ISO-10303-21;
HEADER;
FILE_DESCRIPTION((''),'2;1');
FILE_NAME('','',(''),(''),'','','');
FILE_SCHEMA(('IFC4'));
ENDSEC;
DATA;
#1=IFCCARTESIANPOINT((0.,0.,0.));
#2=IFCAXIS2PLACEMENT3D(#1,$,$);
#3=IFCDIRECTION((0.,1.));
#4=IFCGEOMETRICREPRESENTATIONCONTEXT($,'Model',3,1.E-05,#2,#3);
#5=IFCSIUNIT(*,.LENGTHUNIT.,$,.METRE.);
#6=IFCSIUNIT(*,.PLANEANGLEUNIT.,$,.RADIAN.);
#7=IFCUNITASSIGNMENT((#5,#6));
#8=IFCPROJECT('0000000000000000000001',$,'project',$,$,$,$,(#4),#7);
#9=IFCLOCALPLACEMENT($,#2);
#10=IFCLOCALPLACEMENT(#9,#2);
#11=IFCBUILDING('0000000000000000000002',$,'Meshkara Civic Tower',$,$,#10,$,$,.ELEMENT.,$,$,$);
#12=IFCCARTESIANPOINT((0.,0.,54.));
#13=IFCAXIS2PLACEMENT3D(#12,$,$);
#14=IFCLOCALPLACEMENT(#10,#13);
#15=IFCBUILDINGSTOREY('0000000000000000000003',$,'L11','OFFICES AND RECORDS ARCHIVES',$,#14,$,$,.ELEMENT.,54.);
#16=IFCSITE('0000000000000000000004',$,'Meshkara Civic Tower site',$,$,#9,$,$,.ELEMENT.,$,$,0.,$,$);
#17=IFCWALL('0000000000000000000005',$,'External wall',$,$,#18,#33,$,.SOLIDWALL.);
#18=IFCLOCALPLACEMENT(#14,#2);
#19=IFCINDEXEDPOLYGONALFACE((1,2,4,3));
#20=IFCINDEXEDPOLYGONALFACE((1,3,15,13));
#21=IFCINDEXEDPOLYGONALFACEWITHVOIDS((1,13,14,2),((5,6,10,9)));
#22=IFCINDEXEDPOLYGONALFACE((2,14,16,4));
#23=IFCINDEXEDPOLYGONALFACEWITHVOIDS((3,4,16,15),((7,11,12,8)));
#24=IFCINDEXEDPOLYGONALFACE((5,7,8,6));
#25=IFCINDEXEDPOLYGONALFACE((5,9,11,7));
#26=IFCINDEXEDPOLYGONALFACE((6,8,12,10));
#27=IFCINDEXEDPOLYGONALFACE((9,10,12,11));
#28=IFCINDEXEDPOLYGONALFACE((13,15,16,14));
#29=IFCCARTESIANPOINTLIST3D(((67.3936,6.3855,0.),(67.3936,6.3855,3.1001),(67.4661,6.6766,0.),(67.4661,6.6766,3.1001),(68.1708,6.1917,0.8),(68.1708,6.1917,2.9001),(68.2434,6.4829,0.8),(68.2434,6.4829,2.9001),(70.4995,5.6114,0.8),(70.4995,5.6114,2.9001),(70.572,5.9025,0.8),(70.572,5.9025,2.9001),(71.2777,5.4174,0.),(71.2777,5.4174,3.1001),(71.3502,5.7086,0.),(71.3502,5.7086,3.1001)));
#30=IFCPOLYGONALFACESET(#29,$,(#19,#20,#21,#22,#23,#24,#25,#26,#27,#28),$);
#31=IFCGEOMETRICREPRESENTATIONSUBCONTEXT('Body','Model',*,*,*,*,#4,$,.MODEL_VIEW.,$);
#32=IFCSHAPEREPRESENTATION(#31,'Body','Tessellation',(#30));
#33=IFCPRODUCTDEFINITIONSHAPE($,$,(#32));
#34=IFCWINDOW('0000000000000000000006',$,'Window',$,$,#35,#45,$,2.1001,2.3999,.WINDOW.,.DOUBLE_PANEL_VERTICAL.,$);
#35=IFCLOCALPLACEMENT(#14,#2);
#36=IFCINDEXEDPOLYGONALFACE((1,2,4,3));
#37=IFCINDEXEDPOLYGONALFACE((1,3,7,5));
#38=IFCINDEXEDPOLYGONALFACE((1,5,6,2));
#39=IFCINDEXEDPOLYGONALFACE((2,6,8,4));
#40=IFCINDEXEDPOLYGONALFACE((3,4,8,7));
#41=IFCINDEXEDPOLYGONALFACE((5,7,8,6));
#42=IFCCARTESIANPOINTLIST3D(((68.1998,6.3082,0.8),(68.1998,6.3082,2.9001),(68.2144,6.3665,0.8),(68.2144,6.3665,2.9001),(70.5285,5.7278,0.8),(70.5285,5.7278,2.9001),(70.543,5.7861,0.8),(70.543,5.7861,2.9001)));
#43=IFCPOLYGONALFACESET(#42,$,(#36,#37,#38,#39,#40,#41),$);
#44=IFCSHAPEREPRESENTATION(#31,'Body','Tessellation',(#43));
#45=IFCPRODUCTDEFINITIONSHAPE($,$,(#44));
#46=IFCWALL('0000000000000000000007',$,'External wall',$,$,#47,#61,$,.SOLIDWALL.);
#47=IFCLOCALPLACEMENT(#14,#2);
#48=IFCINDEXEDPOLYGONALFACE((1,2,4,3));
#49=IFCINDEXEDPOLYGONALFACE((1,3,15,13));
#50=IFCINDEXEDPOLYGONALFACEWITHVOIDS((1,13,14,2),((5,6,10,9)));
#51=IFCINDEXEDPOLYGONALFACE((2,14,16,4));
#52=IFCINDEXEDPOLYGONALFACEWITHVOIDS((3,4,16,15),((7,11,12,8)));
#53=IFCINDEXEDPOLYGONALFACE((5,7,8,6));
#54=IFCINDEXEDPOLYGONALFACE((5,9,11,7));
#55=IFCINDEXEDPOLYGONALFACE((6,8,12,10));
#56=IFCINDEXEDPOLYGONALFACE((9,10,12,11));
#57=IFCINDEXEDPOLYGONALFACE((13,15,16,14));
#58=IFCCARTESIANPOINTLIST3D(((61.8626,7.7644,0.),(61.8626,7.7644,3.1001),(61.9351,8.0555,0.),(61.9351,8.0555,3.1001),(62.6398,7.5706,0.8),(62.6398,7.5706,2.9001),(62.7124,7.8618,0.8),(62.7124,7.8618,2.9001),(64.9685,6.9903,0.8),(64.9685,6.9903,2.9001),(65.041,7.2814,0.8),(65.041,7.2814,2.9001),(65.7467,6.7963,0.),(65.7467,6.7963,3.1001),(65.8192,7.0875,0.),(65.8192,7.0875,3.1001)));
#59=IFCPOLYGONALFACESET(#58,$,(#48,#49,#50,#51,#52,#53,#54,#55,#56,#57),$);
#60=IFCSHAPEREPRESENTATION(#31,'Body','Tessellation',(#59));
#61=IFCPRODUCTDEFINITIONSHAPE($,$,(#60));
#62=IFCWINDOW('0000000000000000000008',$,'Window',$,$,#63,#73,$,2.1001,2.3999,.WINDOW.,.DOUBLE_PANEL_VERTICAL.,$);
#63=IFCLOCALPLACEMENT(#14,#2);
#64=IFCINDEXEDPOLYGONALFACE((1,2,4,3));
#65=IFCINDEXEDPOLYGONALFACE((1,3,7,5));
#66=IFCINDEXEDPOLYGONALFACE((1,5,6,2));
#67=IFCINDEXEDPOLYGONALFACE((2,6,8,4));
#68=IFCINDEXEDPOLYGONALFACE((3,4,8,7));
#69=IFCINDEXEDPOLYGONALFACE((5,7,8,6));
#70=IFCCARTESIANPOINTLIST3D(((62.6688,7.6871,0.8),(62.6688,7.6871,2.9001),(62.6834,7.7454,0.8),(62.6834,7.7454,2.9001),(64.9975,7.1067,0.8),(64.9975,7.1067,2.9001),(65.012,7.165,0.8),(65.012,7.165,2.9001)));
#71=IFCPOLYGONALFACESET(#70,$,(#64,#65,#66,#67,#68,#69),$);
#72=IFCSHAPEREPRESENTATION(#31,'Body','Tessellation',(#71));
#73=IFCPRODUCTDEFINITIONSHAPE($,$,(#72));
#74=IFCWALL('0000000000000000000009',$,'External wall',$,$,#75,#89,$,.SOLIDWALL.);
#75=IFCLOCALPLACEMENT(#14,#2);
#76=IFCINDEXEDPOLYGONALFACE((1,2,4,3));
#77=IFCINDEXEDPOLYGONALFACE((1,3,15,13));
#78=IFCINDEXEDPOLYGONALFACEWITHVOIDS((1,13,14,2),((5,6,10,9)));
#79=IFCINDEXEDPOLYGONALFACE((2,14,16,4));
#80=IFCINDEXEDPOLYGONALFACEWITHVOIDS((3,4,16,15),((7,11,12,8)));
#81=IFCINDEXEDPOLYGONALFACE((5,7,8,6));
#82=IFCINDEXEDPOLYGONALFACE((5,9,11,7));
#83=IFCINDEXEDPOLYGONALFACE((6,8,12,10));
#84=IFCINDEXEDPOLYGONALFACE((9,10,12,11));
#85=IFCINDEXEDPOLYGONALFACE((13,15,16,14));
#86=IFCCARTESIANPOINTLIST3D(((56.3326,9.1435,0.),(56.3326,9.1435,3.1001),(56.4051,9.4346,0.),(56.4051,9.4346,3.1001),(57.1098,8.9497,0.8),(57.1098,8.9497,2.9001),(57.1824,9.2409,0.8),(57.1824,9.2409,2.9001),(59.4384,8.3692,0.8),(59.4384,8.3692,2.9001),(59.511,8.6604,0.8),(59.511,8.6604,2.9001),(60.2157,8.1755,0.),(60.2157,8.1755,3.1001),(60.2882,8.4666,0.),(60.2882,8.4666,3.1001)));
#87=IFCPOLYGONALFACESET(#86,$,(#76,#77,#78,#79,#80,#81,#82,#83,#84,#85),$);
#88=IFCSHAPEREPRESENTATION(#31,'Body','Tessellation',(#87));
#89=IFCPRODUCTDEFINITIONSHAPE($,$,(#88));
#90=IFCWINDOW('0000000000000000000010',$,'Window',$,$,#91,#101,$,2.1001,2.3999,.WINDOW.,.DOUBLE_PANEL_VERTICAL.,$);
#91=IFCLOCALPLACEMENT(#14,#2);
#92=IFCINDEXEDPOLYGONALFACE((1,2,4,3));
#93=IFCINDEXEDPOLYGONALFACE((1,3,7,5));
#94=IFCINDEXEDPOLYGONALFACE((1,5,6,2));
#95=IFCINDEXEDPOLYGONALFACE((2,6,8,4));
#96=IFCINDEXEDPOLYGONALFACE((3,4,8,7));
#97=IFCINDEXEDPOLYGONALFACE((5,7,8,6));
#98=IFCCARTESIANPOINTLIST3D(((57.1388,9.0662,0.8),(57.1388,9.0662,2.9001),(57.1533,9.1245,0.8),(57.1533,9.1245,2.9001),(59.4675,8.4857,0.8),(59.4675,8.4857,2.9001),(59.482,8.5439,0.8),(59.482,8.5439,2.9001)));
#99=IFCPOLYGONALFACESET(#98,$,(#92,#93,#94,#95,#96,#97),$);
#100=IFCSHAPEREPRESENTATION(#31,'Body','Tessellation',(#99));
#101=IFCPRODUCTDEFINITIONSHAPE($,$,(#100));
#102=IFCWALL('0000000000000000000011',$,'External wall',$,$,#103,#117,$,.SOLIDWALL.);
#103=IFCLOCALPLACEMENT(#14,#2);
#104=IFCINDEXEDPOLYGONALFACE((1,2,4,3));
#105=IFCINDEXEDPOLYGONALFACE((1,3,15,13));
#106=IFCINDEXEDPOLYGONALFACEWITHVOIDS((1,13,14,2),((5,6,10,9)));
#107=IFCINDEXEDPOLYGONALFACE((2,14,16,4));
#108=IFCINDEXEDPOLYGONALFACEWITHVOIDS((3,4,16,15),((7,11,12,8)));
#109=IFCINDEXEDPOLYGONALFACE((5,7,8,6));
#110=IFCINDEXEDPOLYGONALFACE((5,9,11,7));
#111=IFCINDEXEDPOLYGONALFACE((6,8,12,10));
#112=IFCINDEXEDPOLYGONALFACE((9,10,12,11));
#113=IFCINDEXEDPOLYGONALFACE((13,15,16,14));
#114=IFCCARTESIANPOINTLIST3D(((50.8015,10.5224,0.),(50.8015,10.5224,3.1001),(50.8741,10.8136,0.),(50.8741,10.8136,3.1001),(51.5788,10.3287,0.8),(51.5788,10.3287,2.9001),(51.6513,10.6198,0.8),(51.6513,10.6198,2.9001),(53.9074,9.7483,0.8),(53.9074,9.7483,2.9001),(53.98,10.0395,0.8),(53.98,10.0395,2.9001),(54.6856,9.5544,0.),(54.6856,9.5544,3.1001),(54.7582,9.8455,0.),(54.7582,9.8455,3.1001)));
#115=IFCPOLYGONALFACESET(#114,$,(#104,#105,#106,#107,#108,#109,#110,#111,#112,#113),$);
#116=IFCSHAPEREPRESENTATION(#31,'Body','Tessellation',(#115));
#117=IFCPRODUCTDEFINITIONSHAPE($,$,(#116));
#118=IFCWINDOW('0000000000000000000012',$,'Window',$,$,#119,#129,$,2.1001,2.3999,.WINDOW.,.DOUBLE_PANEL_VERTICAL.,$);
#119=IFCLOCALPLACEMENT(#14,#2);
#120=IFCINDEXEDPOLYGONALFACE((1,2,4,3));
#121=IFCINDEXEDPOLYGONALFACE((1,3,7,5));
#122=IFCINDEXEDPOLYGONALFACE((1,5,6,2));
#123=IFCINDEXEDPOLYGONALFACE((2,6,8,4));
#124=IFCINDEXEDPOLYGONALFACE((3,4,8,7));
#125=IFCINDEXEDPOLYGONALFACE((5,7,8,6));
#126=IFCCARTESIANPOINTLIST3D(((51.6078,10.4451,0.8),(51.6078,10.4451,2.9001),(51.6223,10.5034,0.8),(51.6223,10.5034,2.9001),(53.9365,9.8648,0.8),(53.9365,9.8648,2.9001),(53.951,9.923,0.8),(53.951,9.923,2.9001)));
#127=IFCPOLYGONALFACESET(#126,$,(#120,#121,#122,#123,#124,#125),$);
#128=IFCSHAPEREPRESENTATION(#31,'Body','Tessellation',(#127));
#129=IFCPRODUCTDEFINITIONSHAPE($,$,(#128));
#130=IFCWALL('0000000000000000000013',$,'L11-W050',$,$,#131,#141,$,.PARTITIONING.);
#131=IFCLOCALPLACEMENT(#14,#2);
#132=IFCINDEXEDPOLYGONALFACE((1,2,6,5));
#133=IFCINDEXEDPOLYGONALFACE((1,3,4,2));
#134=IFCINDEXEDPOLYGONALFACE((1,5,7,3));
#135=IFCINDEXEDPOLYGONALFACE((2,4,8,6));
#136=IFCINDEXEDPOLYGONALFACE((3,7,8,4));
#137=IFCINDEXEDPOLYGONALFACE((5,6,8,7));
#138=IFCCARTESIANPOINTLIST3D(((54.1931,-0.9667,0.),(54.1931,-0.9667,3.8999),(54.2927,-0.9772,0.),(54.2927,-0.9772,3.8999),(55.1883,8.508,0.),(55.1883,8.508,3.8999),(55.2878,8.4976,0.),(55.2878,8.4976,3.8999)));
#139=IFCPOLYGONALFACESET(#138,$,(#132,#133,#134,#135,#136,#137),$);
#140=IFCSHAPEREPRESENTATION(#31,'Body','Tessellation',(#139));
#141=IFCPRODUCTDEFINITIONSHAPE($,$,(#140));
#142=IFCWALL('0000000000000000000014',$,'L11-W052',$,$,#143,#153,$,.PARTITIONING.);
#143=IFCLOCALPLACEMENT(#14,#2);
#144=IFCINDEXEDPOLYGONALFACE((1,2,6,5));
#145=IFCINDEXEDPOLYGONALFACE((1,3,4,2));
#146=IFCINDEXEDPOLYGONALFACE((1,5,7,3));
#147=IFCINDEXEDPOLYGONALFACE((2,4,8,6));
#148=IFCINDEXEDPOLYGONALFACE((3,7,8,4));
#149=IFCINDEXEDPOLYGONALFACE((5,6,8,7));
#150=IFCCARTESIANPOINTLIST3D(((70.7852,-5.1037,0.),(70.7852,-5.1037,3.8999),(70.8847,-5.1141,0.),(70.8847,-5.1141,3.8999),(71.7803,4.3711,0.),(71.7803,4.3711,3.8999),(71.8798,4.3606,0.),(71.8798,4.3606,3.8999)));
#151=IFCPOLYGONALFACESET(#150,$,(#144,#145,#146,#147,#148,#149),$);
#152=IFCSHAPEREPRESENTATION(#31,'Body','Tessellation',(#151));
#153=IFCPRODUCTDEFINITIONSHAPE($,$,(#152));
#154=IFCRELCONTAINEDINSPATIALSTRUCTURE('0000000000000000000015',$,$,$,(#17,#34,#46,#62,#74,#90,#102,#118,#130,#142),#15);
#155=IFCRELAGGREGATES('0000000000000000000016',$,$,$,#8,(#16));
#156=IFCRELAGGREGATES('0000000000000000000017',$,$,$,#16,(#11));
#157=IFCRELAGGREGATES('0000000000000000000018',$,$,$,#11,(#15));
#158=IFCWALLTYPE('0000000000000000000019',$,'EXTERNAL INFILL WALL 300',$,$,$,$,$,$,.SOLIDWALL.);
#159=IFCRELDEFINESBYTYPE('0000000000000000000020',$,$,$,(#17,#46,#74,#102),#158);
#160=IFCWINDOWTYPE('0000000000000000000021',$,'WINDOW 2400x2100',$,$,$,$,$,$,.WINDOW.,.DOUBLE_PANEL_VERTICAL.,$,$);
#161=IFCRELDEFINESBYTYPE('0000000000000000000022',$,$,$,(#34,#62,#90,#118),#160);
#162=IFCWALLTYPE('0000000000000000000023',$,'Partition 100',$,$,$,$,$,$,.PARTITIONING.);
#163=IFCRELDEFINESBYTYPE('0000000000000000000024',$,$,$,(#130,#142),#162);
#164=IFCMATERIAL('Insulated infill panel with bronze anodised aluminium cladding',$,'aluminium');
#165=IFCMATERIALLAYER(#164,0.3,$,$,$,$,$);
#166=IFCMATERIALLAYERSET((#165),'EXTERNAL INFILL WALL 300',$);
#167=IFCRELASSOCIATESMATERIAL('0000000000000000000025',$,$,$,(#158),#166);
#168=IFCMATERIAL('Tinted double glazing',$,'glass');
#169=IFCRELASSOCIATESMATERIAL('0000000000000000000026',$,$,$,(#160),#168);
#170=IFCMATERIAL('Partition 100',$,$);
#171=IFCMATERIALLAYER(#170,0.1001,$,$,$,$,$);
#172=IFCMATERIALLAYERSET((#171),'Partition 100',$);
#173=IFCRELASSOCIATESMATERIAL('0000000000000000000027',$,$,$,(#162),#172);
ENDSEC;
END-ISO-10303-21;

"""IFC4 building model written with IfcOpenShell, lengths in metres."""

from ifc_helpers import new_model, si_unit, direction, frame, frame_2d, origin, place, context, subcontext, project, spatial, rectangle, extrude, material, layer, layer_set, type_object, element, fill, save


model = new_model("IFC4")

# Units and contexts
model_context = context("Model", 3, precision=1e-05, world=origin(), true_north=direction((0.0, 1.0)))
body_context = subcontext(model_context, "Body", "Model", "MODEL_VIEW")
ifc_project = project(units=[si_unit("LENGTHUNIT", "METRE"), si_unit("PLANEANGLEUNIT", "RADIAN")], contexts=[model_context])

# Site, building, storey
site_placement = place(None, origin())
site = spatial("IfcSite", under=ifc_project, at=site_placement, Name="Meshkara Civic Tower site", CompositionType="ELEMENT", RefElevation=0.0)
building_placement = place(site_placement, origin())
building = spatial("IfcBuilding", under=site, at=building_placement, Name="Meshkara Civic Tower", CompositionType="ELEMENT")
storey_placement = place(building_placement, frame((0.0, 0.0, 54.0)))
storey = spatial("IfcBuildingStorey", under=building, at=storey_placement, Name="L11", Description="OFFICES AND RECORDS ARCHIVES", CompositionType="ELEMENT", Elevation=54.0)

# Walls, openings, windows
ifc_material_1 = material(Name="Insulated infill panel with bronze anodised aluminium cladding", Category="aluminium")
ifc_layer_1 = layer(ifc_material_1, 0.3)
ifc_layer_set_1 = layer_set([ifc_layer_1], Name="EXTERNAL INFILL WALL 300")
wall_type_1 = type_object("IfcWallType", Name="EXTERNAL INFILL WALL 300", PredefinedType="SOLIDWALL", material=ifc_layer_set_1)
wall_1_placement = place(storey_placement, frame((71.314, 5.563, 0.0), z_axis=(0.0, 0.0, 1.0), x_axis=(-0.970318, 0.241832, 0.0)))
wall_1 = element("IfcWall", 1, at=wall_1_placement, inside=storey, type_object=wall_type_1, Name="External wall", PredefinedType="SOLIDWALL", context=body_context, shape_type="SweptSolid", body=[
    extrude(rectangle(XDim=4.0029, YDim=0.3, at=frame_2d((2.0015, 0.0))), origin(), (0.0, 0.0, 1.0), 3.1001),
])
opening_1_placement = place(wall_1_placement, frame((0.802, 0.0, 0.8)))
opening_1 = element("IfcOpeningElement", 2, at=opening_1_placement, cuts=wall_1, PredefinedType="OPENING", context=body_context, shape_type="SweptSolid", body=[
    extrude(rectangle(XDim=2.3999, YDim=2.1001, at=frame_2d((1.2, 1.05))), frame((0.0, 0.1599, 0.0), z_axis=(0.0, -1.0, 0.0), x_axis=(1.0, 0.0, 0.0)), (0.0, 0.0, 1.0), 0.3201),
])
ifc_material_2 = material(Name="Tinted double glazing", Category="glass")
window_type = type_object("IfcWindowType", Name="WINDOW 2400x2100", PartitioningType="DOUBLE_PANEL_VERTICAL", PredefinedType="WINDOW", material=ifc_material_2)
window_1_placement = place(opening_1_placement, origin())
window_1 = element("IfcWindow", 3, at=window_1_placement, inside=storey, type_object=window_type, Name="Window", OverallHeight=2.1001, OverallWidth=2.3999, PartitioningType="DOUBLE_PANEL_VERTICAL", PredefinedType="WINDOW", context=body_context, shape_type="SweptSolid", body=[
    extrude(rectangle(XDim=2.3999, YDim=2.1001, at=frame_2d((1.2, 1.05))), frame((0.0, 0.03, 0.0), z_axis=(0.0, -1.0, 0.0), x_axis=(1.0, 0.0, 0.0)), (0.0, 0.0, 1.0), 0.0601),
])
fill(opening_1, window_1)
wall_2_placement = place(storey_placement, frame((65.783, 6.9419, 0.0), z_axis=(0.0, 0.0, 1.0), x_axis=(-0.970318, 0.241832, 0.0)))
wall_2 = element("IfcWall", 4, at=wall_2_placement, inside=storey, type_object=wall_type_1, Name="External wall", PredefinedType="SOLIDWALL", context=body_context, shape_type="SweptSolid", body=[
    extrude(rectangle(XDim=4.0029, YDim=0.3, at=frame_2d((2.0015, 0.0))), origin(), (0.0, 0.0, 1.0), 3.1001),
])
opening_2_placement = place(wall_2_placement, frame((0.802, 0.0, 0.8)))
opening_2 = element("IfcOpeningElement", 5, at=opening_2_placement, cuts=wall_2, PredefinedType="OPENING", context=body_context, shape_type="SweptSolid", body=[
    extrude(rectangle(XDim=2.3999, YDim=2.1001, at=frame_2d((1.2, 1.05))), frame((0.0, 0.1599, 0.0), z_axis=(0.0, -1.0, 0.0), x_axis=(1.0, 0.0, 0.0)), (0.0, 0.0, 1.0), 0.3201),
])
window_2_placement = place(opening_2_placement, origin())
window_2 = element("IfcWindow", 6, at=window_2_placement, inside=storey, type_object=window_type, Name="Window", OverallHeight=2.1001, OverallWidth=2.3999, PartitioningType="DOUBLE_PANEL_VERTICAL", PredefinedType="WINDOW", context=body_context, shape_type="SweptSolid", body=[
    extrude(rectangle(XDim=2.3999, YDim=2.1001, at=frame_2d((1.2, 1.05))), frame((0.0, 0.03, 0.0), z_axis=(0.0, -1.0, 0.0), x_axis=(1.0, 0.0, 0.0)), (0.0, 0.0, 1.0), 0.0601),
])
fill(opening_2, window_2)
wall_3_placement = place(storey_placement, frame((60.252, 8.321, 0.0), z_axis=(0.0, 0.0, 1.0), x_axis=(-0.970304, 0.24189, 0.0)))
wall_3 = element("IfcWall", 7, at=wall_3_placement, inside=storey, type_object=wall_type_1, Name="External wall", PredefinedType="SOLIDWALL", context=body_context, shape_type="SweptSolid", body=[
    extrude(rectangle(XDim=4.002, YDim=0.3, at=frame_2d((2.001, 0.0))), origin(), (0.0, 0.0, 1.0), 3.1001),
])
opening_3_placement = place(wall_3_placement, frame((0.801, 0.0, 0.8)))
opening_3 = element("IfcOpeningElement", 8, at=opening_3_placement, cuts=wall_3, PredefinedType="OPENING", context=body_context, shape_type="SweptSolid", body=[
    extrude(rectangle(XDim=2.3999, YDim=2.1001, at=frame_2d((1.2, 1.05))), frame((0.0, 0.1599, 0.0), z_axis=(0.0, -1.0, 0.0), x_axis=(1.0, 0.0, 0.0)), (0.0, 0.0, 1.0), 0.3201),
])
window_3_placement = place(opening_3_placement, origin())
window_3 = element("IfcWindow", 9, at=window_3_placement, inside=storey, type_object=window_type, Name="Window", OverallHeight=2.1001, OverallWidth=2.3999, PartitioningType="DOUBLE_PANEL_VERTICAL", PredefinedType="WINDOW", context=body_context, shape_type="SweptSolid", body=[
    extrude(rectangle(XDim=2.3999, YDim=2.1001, at=frame_2d((1.2, 1.05))), frame((0.0, 0.03, 0.0), z_axis=(0.0, -1.0, 0.0), x_axis=(1.0, 0.0, 0.0)), (0.0, 0.0, 1.0), 0.0601),
])
fill(opening_3, window_3)
wall_4_placement = place(storey_placement, frame((54.7219, 9.7, 0.0), z_axis=(0.0, 0.0, 1.0), x_axis=(-0.970318, 0.241832, 0.0)))
wall_4 = element("IfcWall", 10, at=wall_4_placement, inside=storey, type_object=wall_type_1, Name="External wall", PredefinedType="SOLIDWALL", context=body_context, shape_type="SweptSolid", body=[
    extrude(rectangle(XDim=4.0029, YDim=0.3, at=frame_2d((2.0015, 0.0))), origin(), (0.0, 0.0, 1.0), 3.1001),
])
opening_4_placement = place(wall_4_placement, frame((0.802, 0.0, 0.8)))
opening_4 = element("IfcOpeningElement", 11, at=opening_4_placement, cuts=wall_4, PredefinedType="OPENING", context=body_context, shape_type="SweptSolid", body=[
    extrude(rectangle(XDim=2.3999, YDim=2.1001, at=frame_2d((1.2, 1.05))), frame((0.0, 0.1599, 0.0), z_axis=(0.0, -1.0, 0.0), x_axis=(1.0, 0.0, 0.0)), (0.0, 0.0, 1.0), 0.3201),
])
window_4_placement = place(opening_4_placement, origin())
window_4 = element("IfcWindow", 12, at=window_4_placement, inside=storey, type_object=window_type, Name="Window", OverallHeight=2.1001, OverallWidth=2.3999, PartitioningType="DOUBLE_PANEL_VERTICAL", PredefinedType="WINDOW", context=body_context, shape_type="SweptSolid", body=[
    extrude(rectangle(XDim=2.3999, YDim=2.1001, at=frame_2d((1.2, 1.05))), frame((0.0, 0.03, 0.0), z_axis=(0.0, -1.0, 0.0), x_axis=(1.0, 0.0, 0.0)), (0.0, 0.0, 1.0), 0.0601),
])
fill(opening_4, window_4)

# Walls
ifc_material_3 = material(Name="Partition 100")
ifc_layer_2 = layer(ifc_material_3, 0.1001)
ifc_layer_set_2 = layer_set([ifc_layer_2], Name="Partition 100")
wall_type_2 = type_object("IfcWallType", Name="Partition 100", PredefinedType="PARTITIONING", material=ifc_layer_set_2)
for number, where, z_axis, x_axis, name in (
    (13, (54.2429, -0.9719, 0.0), (0.0, 0.0, 1.0), (0.104453, 0.99453, 0.0), "L11-W050"),
    (14, (70.835, -5.1089, 0.0), (0.0, 0.0, 1.0), (0.104453, 0.99453, 0.0), "L11-W052"),
):
    element("IfcWall", number, at=place(storey_placement, frame(where, z_axis=z_axis, x_axis=x_axis)), inside=storey, type_object=wall_type_2, Name=name, PredefinedType="PARTITIONING", context=body_context, shape_type="SweptSolid", body=[
        extrude(rectangle(XDim=9.5269, YDim=0.1001, at=frame_2d((4.7634, 0.0))), origin(), (0.0, 0.0, 1.0), 3.8999),
    ])

save(model, "model.ifc")
